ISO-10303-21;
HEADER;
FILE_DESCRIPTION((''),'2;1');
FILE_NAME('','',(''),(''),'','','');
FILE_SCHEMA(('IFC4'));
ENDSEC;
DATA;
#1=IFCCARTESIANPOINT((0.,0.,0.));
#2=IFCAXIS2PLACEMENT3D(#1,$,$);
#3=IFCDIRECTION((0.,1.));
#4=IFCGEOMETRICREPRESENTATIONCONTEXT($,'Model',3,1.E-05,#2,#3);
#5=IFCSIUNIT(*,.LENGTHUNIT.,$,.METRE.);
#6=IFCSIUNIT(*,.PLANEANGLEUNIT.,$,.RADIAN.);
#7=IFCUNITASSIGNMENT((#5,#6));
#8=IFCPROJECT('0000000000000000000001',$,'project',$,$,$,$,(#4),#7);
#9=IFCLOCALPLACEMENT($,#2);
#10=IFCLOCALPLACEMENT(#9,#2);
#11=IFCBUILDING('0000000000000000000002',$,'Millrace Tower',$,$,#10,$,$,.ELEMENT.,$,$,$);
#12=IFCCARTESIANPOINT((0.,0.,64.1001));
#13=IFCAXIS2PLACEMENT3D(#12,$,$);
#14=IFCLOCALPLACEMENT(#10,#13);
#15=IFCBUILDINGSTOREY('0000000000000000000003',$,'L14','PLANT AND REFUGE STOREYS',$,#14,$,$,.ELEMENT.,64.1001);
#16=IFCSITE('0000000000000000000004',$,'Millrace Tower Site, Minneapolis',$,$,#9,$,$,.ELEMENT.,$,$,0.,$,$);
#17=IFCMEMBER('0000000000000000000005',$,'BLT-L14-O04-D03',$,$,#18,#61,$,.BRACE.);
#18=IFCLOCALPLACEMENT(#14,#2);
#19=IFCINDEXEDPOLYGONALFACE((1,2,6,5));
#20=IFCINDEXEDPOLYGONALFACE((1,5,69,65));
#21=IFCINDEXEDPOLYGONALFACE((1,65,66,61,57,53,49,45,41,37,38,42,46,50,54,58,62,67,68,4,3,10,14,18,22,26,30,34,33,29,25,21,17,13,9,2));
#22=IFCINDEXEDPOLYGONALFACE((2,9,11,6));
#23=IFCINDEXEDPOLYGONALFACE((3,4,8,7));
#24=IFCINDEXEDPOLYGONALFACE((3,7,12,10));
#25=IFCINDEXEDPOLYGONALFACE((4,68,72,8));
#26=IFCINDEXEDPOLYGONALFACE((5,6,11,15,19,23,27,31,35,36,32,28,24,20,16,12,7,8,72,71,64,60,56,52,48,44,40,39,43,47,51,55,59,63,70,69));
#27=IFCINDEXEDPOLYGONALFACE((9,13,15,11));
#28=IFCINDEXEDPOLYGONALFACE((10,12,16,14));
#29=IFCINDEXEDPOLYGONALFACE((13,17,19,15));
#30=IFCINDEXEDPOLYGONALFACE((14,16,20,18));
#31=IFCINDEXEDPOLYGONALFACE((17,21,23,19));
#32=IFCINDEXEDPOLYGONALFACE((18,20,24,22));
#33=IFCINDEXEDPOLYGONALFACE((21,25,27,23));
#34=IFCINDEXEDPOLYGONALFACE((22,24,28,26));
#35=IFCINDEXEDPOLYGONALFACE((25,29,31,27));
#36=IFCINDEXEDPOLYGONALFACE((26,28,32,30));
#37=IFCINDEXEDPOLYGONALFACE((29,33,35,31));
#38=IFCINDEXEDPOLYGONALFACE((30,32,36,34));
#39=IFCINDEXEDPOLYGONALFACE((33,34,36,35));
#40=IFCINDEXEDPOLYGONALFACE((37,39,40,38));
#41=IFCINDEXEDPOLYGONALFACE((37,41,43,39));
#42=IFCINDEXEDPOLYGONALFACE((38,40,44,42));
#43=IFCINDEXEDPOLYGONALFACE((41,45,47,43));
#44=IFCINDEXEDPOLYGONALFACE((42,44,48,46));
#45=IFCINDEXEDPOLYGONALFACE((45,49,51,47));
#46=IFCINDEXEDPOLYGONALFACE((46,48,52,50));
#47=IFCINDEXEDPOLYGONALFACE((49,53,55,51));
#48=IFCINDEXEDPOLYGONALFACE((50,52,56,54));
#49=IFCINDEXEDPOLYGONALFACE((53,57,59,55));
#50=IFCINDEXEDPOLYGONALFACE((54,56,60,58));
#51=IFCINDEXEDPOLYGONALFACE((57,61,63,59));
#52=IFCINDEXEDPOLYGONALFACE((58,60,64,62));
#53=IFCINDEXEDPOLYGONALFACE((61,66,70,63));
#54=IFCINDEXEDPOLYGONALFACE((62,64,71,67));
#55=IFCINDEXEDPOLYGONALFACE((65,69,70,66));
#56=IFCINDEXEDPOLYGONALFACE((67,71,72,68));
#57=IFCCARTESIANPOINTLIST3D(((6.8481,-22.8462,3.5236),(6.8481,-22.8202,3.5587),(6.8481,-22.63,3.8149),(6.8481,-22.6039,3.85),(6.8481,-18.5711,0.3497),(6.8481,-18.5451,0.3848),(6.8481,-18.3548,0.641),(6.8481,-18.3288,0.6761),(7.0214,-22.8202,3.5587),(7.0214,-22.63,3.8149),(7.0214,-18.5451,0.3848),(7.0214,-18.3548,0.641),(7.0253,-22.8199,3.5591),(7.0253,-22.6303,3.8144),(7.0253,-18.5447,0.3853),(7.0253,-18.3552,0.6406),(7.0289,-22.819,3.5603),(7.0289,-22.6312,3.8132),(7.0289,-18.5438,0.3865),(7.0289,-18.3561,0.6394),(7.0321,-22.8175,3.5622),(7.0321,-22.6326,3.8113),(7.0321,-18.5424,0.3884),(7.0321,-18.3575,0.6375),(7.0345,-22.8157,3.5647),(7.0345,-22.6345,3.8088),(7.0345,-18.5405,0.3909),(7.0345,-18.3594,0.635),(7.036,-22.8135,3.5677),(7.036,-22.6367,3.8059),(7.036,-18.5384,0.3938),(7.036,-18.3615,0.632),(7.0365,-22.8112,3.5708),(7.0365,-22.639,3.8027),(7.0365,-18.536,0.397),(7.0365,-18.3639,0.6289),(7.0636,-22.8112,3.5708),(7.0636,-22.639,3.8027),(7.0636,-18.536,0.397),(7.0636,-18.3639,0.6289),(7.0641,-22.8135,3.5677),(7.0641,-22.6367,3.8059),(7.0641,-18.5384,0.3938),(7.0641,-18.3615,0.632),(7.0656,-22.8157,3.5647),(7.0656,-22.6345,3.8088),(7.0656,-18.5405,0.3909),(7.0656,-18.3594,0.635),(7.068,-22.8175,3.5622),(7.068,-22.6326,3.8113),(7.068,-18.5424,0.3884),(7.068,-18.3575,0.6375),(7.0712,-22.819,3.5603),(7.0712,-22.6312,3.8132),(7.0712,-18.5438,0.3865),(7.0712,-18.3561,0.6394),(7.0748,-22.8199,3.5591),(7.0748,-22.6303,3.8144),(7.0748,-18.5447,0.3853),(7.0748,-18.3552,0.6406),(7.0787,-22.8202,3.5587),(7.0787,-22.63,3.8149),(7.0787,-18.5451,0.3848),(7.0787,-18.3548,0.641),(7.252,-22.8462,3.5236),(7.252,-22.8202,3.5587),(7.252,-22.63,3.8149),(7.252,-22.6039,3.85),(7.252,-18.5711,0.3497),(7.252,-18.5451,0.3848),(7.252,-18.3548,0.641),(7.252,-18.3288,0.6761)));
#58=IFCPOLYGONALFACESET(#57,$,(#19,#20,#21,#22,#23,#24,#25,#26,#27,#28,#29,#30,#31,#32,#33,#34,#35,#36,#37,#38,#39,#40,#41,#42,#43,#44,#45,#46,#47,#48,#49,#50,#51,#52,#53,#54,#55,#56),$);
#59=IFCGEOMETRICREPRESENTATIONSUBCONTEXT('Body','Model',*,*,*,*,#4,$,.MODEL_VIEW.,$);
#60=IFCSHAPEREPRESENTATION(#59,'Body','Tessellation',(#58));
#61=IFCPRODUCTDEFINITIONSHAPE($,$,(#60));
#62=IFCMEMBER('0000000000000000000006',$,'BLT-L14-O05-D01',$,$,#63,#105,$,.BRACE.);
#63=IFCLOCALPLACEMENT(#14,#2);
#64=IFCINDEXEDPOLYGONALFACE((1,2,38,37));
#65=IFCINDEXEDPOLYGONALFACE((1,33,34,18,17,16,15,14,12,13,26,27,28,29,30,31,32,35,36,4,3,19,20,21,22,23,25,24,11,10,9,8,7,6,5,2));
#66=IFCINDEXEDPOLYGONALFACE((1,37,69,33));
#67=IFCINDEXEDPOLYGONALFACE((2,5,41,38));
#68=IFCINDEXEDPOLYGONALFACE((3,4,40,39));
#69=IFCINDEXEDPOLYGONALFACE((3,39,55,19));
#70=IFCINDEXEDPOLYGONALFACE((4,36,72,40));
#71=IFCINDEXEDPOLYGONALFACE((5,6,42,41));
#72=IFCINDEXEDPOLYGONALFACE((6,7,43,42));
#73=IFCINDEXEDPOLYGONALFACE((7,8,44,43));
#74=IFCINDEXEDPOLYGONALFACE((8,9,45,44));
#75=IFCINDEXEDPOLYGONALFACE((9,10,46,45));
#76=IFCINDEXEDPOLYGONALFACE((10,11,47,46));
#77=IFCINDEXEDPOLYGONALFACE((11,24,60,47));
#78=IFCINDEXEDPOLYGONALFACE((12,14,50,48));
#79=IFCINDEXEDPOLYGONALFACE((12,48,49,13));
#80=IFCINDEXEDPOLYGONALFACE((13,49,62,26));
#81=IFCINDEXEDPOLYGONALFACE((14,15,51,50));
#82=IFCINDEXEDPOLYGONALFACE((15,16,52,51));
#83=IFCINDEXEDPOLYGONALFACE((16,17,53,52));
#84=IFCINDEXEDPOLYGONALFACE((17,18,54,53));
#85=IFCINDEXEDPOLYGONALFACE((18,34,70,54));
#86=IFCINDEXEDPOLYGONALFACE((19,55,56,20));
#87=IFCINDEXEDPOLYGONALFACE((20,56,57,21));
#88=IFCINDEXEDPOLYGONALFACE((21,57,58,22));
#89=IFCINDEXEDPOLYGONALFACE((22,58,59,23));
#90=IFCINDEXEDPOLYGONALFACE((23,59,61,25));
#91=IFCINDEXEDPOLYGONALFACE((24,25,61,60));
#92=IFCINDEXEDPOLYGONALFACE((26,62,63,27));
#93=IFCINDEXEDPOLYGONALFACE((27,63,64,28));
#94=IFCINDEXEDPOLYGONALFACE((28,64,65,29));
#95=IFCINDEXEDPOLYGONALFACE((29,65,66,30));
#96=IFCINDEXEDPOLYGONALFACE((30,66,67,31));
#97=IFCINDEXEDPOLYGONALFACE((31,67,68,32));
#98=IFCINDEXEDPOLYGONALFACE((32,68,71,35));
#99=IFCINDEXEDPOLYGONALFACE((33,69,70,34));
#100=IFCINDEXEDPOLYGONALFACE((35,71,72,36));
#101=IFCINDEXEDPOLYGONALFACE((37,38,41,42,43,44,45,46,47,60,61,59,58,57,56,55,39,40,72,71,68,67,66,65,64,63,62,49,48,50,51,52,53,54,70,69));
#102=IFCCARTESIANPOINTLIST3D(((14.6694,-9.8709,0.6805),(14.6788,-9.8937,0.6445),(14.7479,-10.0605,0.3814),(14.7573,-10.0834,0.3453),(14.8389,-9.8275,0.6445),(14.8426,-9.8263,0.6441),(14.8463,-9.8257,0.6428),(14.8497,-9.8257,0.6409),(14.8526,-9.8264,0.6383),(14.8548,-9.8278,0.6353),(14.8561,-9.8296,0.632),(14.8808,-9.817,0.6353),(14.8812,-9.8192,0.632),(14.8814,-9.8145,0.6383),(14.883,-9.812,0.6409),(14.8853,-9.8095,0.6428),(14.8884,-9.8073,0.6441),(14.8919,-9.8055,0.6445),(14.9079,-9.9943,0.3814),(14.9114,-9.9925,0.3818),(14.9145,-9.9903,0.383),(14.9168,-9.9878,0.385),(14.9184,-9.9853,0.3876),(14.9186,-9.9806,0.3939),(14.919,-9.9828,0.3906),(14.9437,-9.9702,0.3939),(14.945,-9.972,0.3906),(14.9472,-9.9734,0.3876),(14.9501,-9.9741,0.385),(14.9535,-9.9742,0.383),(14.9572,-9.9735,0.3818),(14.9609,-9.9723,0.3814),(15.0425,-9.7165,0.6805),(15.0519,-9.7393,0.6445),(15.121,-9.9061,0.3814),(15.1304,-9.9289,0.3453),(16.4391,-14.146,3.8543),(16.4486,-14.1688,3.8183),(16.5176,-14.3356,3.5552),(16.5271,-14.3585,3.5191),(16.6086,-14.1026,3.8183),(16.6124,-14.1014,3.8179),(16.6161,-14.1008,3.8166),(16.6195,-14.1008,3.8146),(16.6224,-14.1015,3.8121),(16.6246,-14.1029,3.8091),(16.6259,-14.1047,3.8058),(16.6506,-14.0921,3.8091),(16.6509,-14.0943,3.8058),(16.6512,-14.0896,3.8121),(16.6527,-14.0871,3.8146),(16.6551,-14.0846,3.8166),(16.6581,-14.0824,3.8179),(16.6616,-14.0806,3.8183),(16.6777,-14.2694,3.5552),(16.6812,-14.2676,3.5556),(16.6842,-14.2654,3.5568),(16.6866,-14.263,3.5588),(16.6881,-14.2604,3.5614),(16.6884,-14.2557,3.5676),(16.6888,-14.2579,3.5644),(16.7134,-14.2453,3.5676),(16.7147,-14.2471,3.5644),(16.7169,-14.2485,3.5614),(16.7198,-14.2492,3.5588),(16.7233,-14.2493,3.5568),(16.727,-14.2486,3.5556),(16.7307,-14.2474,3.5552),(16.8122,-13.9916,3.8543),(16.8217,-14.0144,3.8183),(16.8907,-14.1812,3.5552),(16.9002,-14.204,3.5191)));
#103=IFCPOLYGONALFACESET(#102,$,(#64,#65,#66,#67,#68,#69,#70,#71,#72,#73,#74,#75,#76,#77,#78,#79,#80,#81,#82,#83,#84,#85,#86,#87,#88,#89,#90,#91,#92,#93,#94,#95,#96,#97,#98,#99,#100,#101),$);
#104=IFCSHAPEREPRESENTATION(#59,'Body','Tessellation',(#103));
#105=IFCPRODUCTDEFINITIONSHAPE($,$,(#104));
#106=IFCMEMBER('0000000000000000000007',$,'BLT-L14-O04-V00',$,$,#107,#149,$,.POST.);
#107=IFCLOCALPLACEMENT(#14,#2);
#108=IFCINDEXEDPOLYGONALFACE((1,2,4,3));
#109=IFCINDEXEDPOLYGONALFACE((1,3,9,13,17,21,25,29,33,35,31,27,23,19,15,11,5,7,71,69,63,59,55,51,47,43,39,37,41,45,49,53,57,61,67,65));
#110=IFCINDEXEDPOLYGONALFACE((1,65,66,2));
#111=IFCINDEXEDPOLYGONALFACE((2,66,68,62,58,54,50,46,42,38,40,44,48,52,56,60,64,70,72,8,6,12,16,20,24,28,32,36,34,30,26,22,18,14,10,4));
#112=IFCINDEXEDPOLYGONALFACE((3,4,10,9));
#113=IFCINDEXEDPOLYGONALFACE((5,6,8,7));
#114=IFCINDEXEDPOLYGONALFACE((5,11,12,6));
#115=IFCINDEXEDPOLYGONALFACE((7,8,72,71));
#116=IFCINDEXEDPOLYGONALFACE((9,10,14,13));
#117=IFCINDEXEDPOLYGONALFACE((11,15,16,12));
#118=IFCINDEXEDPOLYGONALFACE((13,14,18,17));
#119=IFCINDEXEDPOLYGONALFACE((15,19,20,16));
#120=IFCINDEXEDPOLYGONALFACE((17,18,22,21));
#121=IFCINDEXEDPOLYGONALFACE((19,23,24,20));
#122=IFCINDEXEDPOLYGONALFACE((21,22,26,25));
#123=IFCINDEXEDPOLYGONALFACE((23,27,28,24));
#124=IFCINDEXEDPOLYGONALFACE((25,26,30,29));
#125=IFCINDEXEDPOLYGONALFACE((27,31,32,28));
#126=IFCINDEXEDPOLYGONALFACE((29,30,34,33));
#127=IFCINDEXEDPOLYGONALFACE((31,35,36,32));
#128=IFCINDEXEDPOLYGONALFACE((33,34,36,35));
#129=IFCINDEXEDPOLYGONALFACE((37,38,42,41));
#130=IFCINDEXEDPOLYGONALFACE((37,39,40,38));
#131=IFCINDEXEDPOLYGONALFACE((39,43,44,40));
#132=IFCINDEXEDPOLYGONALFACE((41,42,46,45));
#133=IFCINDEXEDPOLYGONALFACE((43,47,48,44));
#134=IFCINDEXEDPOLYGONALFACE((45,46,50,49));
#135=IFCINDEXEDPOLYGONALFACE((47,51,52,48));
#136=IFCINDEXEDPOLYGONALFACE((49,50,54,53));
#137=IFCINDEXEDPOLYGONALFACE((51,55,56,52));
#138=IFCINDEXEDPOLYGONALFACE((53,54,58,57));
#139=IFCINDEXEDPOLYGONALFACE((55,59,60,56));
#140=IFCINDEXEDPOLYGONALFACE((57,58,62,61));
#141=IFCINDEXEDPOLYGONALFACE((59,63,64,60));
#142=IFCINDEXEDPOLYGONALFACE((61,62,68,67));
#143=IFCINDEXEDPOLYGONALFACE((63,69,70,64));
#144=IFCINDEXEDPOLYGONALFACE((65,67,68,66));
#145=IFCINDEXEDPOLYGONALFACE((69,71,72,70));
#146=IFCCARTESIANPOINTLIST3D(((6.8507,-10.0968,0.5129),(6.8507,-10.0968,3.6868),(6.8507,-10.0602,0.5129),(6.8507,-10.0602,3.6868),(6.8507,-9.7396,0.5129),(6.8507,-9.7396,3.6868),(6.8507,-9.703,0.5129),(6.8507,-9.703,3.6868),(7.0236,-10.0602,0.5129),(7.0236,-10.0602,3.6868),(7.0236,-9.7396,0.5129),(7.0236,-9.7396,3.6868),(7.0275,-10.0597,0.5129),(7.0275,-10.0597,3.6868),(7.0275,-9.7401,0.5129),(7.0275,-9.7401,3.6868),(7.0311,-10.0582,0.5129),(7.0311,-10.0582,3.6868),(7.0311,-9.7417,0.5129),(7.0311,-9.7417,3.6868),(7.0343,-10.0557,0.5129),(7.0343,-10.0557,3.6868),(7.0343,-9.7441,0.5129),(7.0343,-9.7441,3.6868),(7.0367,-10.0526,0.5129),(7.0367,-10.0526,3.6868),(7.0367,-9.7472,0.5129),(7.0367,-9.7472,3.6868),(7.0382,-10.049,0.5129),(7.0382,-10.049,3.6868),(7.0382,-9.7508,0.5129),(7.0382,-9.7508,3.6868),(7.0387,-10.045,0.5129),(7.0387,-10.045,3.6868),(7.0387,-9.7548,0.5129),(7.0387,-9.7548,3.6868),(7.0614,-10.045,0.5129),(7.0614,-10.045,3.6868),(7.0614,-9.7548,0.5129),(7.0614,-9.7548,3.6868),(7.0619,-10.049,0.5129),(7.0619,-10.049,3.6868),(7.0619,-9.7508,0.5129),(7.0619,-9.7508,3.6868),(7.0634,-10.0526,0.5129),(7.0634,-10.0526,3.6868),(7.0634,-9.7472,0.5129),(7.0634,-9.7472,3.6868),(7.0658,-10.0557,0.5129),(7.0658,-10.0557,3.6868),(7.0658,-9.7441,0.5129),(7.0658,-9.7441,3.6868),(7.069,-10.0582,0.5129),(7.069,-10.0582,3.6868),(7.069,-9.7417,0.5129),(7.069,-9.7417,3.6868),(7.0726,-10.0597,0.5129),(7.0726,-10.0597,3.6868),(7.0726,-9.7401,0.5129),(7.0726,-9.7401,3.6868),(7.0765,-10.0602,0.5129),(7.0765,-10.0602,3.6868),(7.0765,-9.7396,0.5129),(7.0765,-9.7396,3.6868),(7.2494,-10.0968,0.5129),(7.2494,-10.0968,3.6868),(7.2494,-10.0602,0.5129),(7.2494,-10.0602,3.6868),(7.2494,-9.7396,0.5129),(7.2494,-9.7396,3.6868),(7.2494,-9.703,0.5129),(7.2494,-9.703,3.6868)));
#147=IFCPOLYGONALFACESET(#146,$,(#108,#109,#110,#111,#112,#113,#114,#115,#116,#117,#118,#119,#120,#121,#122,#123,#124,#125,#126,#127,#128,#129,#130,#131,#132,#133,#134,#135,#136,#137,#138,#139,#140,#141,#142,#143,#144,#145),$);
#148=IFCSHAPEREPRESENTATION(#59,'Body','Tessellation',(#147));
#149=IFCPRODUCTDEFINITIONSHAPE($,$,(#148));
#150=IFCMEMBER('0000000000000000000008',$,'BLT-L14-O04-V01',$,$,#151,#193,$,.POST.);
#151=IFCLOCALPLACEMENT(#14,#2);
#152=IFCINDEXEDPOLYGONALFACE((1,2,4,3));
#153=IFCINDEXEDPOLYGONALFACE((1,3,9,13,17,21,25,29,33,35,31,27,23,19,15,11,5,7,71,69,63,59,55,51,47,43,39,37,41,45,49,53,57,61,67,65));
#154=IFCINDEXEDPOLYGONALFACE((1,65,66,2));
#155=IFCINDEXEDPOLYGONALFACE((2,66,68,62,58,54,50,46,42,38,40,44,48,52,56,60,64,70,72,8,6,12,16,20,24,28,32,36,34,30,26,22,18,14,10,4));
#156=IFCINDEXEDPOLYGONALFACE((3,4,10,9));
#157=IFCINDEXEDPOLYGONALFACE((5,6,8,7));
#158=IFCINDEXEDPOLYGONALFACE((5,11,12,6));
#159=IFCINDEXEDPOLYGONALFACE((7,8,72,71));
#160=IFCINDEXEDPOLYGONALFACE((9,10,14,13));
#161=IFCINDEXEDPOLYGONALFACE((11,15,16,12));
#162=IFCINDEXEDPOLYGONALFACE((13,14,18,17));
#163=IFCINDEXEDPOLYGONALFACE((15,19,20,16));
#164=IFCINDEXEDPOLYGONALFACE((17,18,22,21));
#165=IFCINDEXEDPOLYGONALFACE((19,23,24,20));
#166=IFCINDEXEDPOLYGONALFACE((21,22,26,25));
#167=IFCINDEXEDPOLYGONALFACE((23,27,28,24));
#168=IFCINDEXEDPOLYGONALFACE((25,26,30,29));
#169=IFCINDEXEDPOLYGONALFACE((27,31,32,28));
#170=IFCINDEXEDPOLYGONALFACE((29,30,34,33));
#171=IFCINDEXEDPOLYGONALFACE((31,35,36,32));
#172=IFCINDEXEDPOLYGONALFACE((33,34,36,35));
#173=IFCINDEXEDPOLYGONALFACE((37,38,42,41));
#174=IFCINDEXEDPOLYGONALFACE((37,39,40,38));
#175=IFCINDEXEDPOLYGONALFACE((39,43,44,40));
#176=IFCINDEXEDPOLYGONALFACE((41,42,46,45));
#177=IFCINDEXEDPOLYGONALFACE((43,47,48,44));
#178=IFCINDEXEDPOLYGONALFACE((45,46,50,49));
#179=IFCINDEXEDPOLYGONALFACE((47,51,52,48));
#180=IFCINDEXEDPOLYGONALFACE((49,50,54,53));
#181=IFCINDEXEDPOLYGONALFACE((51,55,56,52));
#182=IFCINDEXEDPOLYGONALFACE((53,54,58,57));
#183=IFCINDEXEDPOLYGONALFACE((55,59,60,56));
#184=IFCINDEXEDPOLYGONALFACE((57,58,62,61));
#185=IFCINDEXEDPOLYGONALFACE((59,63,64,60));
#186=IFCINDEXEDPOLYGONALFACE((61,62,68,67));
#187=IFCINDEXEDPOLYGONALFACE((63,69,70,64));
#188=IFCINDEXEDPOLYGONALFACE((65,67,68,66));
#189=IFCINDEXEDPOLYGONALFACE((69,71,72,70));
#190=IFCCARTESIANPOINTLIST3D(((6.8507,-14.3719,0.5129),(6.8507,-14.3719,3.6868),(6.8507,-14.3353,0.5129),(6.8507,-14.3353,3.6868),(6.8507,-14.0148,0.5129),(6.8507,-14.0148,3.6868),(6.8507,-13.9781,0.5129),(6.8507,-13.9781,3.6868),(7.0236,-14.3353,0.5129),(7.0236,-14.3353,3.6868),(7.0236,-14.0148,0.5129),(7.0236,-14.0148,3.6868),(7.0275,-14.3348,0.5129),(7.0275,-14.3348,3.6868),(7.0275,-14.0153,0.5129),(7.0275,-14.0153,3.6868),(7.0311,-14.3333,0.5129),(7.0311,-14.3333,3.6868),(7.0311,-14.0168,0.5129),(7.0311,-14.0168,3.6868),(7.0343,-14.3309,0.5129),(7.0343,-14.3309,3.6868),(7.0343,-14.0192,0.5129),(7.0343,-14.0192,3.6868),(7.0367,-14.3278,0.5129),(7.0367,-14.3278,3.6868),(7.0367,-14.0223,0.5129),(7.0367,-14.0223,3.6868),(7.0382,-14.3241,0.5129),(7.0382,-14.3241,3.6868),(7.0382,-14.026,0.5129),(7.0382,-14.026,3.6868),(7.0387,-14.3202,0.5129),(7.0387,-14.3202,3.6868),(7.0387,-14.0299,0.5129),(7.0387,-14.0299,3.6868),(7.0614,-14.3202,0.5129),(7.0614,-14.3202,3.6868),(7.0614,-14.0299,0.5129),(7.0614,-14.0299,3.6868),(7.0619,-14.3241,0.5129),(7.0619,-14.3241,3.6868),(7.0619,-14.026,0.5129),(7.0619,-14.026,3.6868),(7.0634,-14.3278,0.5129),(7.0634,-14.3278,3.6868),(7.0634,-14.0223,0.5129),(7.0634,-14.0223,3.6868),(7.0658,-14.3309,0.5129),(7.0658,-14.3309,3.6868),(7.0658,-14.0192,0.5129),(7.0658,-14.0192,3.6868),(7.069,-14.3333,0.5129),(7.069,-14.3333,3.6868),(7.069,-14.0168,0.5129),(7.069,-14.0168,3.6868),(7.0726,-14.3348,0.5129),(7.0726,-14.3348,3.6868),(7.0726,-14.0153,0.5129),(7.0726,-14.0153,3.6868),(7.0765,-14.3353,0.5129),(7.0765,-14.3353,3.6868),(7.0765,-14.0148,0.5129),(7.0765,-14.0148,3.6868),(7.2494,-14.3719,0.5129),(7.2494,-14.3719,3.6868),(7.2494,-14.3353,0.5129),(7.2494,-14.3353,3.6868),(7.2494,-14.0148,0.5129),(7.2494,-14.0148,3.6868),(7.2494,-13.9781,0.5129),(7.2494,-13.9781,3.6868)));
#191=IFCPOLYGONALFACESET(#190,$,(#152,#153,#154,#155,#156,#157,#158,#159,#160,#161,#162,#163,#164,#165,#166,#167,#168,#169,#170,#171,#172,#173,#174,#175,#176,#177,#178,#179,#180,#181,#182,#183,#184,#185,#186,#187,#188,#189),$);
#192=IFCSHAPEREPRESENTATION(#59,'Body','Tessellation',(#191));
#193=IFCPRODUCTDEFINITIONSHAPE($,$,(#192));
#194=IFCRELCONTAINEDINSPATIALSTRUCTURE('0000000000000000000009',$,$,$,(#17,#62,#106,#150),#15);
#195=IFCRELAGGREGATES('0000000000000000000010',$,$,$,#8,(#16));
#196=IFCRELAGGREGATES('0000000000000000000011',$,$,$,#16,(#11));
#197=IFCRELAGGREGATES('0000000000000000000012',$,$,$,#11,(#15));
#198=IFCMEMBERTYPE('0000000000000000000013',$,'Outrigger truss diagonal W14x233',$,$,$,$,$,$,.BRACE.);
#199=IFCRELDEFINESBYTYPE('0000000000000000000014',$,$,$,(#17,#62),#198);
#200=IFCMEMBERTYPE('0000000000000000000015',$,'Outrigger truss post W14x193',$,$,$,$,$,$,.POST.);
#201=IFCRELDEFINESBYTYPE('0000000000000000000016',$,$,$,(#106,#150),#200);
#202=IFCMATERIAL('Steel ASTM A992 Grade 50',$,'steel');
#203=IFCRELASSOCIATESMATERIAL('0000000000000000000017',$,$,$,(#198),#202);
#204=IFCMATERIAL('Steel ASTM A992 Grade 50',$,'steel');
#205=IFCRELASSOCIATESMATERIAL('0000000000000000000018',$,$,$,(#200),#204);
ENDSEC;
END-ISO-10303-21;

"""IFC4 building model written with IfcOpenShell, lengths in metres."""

from ifc_helpers import new_model, si_unit, direction, frame, origin, origin_2d, place, context, subcontext, project, spatial, i_section, extrude, material, material_profile, profile_set, type_object, element, save


model = new_model("IFC4")

# Units and contexts
model_context = context("Model", 3, precision=1e-05, world=origin(), true_north=direction((0.0, 1.0)))
body_context = subcontext(model_context, "Body", "Model", "MODEL_VIEW")
ifc_project = project(units=[si_unit("LENGTHUNIT", "METRE"), si_unit("PLANEANGLEUNIT", "RADIAN")], contexts=[model_context])

# Site, building, storey
site_placement = place(None, origin())
site = spatial("IfcSite", under=ifc_project, at=site_placement, Name="Millrace Tower Site, Minneapolis", CompositionType="ELEMENT", RefElevation=0.0)
building_placement = place(site_placement, origin())
building = spatial("IfcBuilding", under=site, at=building_placement, Name="Millrace Tower", CompositionType="ELEMENT")
storey_placement = place(building_placement, frame((0.0, 0.0, 64.1001)))
storey = spatial("IfcBuildingStorey", under=building, at=storey_placement, Name="L14", Description="PLANT AND REFUGE STOREYS", CompositionType="ELEMENT", Elevation=64.1001)

# Members
ifc_material_1 = material(Name="Steel ASTM A992 Grade 50", Category="steel")
ifc_material_profile_1 = material_profile(ifc_material_1, i_section(OverallWidth=0.4038, OverallDepth=0.4065, WebThickness=0.0271, FlangeThickness=0.0437, FilletRadius=0.0151, at=origin_2d()))
ifc_profile_set_1 = profile_set([ifc_material_profile_1], Name="Steel ASTM A992 Grade 50")
member_type_1 = type_object("IfcMemberType", Name="Outrigger truss diagonal W14x233", PredefinedType="BRACE", material=ifc_profile_set_1)
member_1_placement = place(storey_placement, frame((7.05, -18.45, 0.5129), z_axis=(0.0, -0.802923, 0.596083), x_axis=(1.0, 0.0, 0.0)))
element("IfcMember", 1, at=member_1_placement, inside=storey, type_object=member_type_1, Name="BLT-L14-O04-D03", PredefinedType="BRACE", context=body_context, shape_type="SweptSolid", body=[
    extrude(i_section(OverallWidth=0.4038, OverallDepth=0.4065, WebThickness=0.0271, FlangeThickness=0.0437, FilletRadius=0.0151, at=origin_2d()), origin(), (0.0, 0.0, 1.0), 5.3245),
])
member_2_placement = place(storey_placement, frame((14.8999, -9.8999, 0.5129), z_axis=(0.315418, -0.761936, 0.565654), x_axis=(0.92396, 0.38249, 0.0)))
element("IfcMember", 2, at=member_2_placement, inside=storey, type_object=member_type_1, Name="BLT-L14-O05-D01", PredefinedType="BRACE", context=body_context, shape_type="SweptSolid", body=[
    extrude(i_section(OverallWidth=0.4038, OverallDepth=0.4065, WebThickness=0.0271, FlangeThickness=0.0437, FilletRadius=0.0151, at=origin_2d()), origin(), (0.0, 0.0, 1.0), 5.6108),
])
ifc_material_2 = material(Name="Steel ASTM A992 Grade 50", Category="steel")
ifc_material_profile_2 = material_profile(ifc_material_2, i_section(OverallWidth=0.3987, OverallDepth=0.3938, WebThickness=0.0227, FlangeThickness=0.0366, FilletRadius=0.0151, at=origin_2d()))
ifc_profile_set_2 = profile_set([ifc_material_profile_2], Name="Steel ASTM A992 Grade 50")
member_type_2 = type_object("IfcMemberType", Name="Outrigger truss post W14x193", PredefinedType="POST", material=ifc_profile_set_2)
for number, where, z_axis, x_axis, name in (
    (3, (7.05, -9.8999, 0.5129), (0.0, 0.0, 1.0), (1.0, 0.0, 0.0), "BLT-L14-O04-V00"),
    (4, (7.05, -14.175, 0.5129), (0.0, 0.0, 1.0), (1.0, 0.0, 0.0), "BLT-L14-O04-V01"),
):
    element("IfcMember", number, at=place(storey_placement, frame(where, z_axis=z_axis, x_axis=x_axis)), inside=storey, type_object=member_type_2, Name=name, PredefinedType="POST", context=body_context, shape_type="SweptSolid", body=[
        extrude(i_section(OverallWidth=0.3987, OverallDepth=0.3938, WebThickness=0.0227, FlangeThickness=0.0366, FilletRadius=0.0151, at=origin_2d()), origin(), (0.0, 0.0, 1.0), 3.1738),
    ])

save(model, "model.ifc")
